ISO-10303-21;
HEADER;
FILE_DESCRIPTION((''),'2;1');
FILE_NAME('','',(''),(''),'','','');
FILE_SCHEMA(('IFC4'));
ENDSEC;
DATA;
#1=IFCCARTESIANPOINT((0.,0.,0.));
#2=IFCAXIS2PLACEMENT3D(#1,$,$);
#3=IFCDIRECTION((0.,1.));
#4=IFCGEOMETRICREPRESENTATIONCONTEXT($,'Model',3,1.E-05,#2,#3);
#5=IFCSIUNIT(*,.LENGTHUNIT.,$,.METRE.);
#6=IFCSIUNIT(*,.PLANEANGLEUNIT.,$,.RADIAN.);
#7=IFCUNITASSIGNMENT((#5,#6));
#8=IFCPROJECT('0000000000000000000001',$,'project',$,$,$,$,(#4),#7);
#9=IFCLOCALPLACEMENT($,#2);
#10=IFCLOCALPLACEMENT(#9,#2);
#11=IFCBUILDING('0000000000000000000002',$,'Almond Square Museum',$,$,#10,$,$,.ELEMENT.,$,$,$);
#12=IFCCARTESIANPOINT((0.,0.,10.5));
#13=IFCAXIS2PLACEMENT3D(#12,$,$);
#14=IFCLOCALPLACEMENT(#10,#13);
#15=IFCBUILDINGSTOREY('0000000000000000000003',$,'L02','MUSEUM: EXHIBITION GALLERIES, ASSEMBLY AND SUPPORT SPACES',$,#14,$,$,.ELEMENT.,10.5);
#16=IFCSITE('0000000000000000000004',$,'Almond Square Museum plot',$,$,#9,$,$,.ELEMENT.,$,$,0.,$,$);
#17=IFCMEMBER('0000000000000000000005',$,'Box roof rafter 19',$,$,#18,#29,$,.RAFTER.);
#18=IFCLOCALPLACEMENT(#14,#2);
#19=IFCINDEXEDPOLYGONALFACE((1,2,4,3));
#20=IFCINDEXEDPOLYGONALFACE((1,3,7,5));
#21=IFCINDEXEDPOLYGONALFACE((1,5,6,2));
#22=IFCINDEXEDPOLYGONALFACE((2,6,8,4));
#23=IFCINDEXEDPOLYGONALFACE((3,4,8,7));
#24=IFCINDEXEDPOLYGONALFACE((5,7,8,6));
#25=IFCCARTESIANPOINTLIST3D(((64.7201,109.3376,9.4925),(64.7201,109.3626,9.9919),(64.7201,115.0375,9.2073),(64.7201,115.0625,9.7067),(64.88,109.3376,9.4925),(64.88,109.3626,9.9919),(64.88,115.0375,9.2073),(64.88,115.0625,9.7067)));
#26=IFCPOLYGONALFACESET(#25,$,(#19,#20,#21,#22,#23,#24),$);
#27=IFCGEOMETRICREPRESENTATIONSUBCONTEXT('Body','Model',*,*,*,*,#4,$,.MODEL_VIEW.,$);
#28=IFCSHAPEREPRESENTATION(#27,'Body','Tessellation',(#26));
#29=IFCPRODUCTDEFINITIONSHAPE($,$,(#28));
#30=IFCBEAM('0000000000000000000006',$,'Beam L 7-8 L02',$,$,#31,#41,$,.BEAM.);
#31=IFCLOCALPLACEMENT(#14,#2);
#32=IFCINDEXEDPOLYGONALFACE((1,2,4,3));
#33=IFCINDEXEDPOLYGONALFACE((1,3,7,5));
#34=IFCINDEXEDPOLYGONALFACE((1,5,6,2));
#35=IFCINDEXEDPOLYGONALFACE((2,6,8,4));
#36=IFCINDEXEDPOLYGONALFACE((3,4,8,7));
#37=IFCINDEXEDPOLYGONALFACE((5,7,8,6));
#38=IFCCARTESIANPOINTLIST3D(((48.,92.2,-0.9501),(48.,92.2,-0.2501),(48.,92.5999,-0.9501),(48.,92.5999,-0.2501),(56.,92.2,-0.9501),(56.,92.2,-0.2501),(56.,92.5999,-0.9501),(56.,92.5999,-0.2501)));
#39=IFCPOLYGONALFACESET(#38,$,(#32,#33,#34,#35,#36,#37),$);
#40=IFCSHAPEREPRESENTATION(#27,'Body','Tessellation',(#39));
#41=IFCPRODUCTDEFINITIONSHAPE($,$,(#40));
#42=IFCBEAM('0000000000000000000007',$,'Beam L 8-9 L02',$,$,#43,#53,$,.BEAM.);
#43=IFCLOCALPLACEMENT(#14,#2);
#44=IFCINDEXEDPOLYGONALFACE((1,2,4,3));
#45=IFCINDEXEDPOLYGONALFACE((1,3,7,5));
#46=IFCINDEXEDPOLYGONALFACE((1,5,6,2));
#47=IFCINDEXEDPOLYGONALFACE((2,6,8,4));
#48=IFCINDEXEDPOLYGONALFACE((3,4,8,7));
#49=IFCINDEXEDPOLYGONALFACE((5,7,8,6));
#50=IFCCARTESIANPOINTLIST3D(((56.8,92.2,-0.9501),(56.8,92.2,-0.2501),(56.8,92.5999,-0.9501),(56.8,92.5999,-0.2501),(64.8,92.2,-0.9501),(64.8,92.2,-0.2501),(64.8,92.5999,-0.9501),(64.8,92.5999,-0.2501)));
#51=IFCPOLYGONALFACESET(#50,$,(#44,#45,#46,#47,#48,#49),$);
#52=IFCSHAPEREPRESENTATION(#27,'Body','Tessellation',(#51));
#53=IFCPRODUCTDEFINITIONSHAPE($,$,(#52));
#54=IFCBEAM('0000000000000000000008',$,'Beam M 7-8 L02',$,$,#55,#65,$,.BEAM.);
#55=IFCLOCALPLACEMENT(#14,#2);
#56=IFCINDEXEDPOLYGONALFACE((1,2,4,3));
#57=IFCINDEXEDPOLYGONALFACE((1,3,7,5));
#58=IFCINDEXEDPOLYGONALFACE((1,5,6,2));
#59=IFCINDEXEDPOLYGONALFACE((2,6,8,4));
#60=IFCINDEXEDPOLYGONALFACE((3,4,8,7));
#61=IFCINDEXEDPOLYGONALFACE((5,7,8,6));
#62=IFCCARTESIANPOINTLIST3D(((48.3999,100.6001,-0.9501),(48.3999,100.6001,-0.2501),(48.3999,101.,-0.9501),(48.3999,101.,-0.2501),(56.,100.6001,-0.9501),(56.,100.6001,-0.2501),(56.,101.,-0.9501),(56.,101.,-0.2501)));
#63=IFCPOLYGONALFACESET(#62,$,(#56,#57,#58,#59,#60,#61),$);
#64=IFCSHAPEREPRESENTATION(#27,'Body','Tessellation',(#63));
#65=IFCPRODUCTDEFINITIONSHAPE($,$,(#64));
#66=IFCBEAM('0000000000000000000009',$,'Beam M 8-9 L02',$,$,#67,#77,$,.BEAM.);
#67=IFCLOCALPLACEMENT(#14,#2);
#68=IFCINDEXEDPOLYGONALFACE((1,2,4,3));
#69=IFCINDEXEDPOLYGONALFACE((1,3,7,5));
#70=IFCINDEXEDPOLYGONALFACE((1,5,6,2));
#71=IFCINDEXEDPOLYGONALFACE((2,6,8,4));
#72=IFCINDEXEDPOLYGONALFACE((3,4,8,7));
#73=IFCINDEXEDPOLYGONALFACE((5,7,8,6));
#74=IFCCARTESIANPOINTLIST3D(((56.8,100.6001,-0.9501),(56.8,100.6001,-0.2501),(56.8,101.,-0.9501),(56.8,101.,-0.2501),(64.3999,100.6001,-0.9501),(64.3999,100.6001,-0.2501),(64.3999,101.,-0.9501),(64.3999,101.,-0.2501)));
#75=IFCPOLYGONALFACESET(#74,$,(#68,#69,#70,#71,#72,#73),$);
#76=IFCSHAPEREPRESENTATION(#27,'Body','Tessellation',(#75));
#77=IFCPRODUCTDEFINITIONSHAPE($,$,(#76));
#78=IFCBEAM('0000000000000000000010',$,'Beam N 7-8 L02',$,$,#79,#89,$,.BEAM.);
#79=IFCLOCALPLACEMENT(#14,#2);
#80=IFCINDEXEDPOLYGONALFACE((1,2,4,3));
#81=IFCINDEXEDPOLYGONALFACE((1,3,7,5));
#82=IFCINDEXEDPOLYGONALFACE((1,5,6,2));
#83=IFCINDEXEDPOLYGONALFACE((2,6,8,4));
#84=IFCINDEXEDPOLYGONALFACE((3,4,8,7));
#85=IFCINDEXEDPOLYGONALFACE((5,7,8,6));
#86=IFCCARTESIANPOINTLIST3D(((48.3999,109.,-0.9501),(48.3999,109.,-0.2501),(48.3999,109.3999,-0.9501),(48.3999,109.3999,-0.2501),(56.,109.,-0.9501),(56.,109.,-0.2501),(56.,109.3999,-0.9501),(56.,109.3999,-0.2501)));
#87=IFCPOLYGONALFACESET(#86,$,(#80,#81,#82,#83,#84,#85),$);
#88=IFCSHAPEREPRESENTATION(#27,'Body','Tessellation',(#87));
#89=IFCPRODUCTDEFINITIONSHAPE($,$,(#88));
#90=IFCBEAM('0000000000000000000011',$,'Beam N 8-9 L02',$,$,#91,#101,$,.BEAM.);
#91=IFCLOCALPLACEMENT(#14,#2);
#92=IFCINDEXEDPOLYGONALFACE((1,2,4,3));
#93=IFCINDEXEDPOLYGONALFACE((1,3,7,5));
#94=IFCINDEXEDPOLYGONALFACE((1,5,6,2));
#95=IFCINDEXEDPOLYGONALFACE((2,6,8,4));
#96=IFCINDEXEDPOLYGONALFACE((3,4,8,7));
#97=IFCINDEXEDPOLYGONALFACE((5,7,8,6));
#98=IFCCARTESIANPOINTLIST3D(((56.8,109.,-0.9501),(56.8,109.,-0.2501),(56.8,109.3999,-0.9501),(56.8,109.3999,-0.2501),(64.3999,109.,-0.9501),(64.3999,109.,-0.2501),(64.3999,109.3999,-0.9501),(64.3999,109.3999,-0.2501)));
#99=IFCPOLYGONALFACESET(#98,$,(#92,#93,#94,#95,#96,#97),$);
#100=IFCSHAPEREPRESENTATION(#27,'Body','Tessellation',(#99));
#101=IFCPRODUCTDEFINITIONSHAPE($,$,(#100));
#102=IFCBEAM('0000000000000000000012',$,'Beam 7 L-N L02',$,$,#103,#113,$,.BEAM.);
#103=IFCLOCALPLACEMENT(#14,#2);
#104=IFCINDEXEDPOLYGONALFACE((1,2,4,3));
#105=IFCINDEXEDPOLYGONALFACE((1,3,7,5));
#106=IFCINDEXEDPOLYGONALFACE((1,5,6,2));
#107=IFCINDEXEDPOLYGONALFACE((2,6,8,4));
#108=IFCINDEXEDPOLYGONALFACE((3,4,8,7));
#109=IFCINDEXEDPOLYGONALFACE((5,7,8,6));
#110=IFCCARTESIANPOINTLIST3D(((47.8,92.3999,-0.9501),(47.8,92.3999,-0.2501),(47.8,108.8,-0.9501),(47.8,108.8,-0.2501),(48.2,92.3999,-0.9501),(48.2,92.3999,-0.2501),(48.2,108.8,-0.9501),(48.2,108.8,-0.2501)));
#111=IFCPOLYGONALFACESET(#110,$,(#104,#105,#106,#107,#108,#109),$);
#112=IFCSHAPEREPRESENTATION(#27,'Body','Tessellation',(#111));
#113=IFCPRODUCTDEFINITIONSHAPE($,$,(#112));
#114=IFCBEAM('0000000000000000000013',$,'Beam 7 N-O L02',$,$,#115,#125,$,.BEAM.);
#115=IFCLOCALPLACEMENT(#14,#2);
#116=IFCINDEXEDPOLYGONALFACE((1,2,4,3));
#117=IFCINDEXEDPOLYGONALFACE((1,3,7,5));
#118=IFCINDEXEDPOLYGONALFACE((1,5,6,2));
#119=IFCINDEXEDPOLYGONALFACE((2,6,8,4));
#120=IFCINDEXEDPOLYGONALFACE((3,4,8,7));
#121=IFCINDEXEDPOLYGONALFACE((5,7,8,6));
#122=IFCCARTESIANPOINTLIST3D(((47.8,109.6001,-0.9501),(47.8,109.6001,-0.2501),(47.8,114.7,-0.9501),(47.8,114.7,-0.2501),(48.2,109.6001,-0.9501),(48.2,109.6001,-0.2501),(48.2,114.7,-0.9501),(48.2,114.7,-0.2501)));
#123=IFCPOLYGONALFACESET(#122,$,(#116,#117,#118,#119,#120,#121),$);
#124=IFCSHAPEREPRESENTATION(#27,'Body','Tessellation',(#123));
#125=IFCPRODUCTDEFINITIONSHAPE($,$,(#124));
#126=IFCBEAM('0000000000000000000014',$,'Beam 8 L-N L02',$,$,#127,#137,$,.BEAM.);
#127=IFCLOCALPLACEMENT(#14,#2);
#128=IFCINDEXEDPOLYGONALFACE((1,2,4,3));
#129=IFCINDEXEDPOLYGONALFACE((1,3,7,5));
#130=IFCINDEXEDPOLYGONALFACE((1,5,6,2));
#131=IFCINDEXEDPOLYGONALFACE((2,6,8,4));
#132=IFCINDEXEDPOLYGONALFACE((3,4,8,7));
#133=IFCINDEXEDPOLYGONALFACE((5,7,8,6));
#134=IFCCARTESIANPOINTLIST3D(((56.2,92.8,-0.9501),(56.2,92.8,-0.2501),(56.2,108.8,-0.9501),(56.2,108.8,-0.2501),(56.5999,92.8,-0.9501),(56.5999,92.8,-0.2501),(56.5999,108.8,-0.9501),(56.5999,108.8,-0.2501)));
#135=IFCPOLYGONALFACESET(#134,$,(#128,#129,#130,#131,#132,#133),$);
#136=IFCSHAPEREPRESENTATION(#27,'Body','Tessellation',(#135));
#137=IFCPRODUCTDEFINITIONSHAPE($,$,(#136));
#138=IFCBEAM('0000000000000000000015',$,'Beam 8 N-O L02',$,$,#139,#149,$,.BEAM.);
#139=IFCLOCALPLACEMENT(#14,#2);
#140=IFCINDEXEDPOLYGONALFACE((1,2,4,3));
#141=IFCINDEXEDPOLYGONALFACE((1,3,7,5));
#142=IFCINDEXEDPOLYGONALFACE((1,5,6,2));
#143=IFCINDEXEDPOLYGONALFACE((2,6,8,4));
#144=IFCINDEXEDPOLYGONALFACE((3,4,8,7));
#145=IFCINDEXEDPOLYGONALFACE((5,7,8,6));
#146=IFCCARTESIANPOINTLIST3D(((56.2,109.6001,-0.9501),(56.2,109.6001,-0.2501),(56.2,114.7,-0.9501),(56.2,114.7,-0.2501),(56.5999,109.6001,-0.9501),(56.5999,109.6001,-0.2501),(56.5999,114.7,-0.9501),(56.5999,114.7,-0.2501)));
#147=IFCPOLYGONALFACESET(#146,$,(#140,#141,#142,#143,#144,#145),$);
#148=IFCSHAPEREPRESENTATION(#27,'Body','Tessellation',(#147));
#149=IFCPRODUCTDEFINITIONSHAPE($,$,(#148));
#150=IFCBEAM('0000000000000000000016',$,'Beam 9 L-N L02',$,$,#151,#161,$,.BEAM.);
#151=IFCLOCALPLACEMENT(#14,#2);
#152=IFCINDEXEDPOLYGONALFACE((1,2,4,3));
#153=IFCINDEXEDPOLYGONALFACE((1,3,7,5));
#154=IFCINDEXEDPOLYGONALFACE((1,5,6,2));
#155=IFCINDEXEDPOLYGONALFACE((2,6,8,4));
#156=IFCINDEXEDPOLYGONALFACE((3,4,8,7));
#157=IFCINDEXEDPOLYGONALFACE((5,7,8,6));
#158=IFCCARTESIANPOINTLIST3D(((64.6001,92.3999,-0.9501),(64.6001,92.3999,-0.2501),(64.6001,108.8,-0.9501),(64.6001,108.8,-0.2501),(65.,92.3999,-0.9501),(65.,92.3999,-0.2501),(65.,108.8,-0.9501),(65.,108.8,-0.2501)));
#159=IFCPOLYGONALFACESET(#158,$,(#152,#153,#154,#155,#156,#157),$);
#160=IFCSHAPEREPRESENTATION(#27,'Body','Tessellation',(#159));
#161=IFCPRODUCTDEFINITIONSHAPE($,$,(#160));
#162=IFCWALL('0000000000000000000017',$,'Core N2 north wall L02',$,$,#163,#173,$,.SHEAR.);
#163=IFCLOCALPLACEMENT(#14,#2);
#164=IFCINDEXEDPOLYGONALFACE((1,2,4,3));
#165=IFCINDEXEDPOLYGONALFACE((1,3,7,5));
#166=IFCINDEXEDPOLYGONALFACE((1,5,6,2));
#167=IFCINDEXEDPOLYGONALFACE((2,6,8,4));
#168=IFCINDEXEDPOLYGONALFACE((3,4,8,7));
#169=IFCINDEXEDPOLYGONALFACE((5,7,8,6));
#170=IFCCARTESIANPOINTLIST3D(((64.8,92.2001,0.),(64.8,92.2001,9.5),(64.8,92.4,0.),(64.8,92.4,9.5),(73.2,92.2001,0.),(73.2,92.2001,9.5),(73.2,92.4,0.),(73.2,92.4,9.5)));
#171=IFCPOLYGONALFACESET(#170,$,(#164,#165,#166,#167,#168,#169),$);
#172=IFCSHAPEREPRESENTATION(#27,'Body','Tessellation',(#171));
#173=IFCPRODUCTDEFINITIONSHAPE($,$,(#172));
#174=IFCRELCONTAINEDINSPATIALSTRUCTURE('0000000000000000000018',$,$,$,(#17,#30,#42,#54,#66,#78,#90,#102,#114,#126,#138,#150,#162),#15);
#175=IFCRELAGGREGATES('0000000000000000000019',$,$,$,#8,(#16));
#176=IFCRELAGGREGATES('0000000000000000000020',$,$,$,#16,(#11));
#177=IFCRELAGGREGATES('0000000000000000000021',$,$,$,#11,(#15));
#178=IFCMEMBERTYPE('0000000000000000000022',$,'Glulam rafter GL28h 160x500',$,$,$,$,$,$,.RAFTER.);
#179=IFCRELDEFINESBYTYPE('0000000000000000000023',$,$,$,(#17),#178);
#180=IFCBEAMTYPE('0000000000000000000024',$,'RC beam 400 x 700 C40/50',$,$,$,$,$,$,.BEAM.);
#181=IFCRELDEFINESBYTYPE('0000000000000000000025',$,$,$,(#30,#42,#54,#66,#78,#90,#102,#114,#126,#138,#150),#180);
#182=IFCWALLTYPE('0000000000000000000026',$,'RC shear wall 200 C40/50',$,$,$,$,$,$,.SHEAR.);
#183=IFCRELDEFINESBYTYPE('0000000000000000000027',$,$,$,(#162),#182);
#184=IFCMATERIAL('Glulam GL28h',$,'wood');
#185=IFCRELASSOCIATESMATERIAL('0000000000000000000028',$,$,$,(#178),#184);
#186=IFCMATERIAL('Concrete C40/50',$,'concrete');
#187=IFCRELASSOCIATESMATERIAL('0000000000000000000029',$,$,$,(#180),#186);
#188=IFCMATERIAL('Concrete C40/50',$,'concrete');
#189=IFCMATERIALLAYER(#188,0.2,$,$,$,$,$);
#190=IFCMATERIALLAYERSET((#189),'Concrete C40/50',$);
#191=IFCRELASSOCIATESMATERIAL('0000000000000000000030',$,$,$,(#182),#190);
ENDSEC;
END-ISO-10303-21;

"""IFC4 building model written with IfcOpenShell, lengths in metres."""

from ifc_helpers import new_model, si_unit, direction, frame, frame_2d, origin, origin_2d, place, context, subcontext, project, spatial, rectangle, extrude, material, layer, layer_set, material_profile, profile_set, type_object, element, save


model = new_model("IFC4")

# Units and contexts
model_context = context("Model", 3, precision=1e-05, world=origin(), true_north=direction((0.0, 1.0)))
body_context = subcontext(model_context, "Body", "Model", "MODEL_VIEW")
ifc_project = project(units=[si_unit("LENGTHUNIT", "METRE"), si_unit("PLANEANGLEUNIT", "RADIAN")], contexts=[model_context])

# Site, building, storey
site_placement = place(None, origin())
site = spatial("IfcSite", under=ifc_project, at=site_placement, Name="Almond Square Museum plot", CompositionType="ELEMENT", RefElevation=0.0)
building_placement = place(site_placement, origin())
building = spatial("IfcBuilding", under=site, at=building_placement, Name="Almond Square Museum", CompositionType="ELEMENT")
storey_placement = place(building_placement, frame((0.0, 0.0, 10.5)))
storey = spatial("IfcBuildingStorey", under=building, at=storey_placement, Name="L02", Description="MUSEUM: EXHIBITION GALLERIES, ASSEMBLY AND SUPPORT SPACES", CompositionType="ELEMENT", Elevation=10.5)

# Member
ifc_material_1 = material(Name="Glulam GL28h", Category="wood")
ifc_material_profile_1 = material_profile(ifc_material_1, rectangle(XDim=0.1599, YDim=0.5, at=origin_2d()))
ifc_profile_set_1 = profile_set([ifc_material_profile_1], Name="Glulam GL28h")
member_type = type_object("IfcMemberType", Name="Glulam rafter GL28h 160x500", PredefinedType="RAFTER", material=ifc_profile_set_1)
for number, where, z_axis, x_axis, name in (
    (1, (64.8, 109.3501, 9.7422), (0.0, 0.998751, -0.049965), (-1.0, 0.0, 0.0), "Box roof rafter 19"),
):
    element("IfcMember", number, at=place(storey_placement, frame(where, z_axis=z_axis, x_axis=x_axis)), inside=storey, type_object=member_type, Name=name, PredefinedType="RAFTER", context=body_context, shape_type="SweptSolid", body=[
        extrude(rectangle(XDim=0.1599, YDim=0.5, at=origin_2d()), origin(), (0.0, 0.0, 1.0), 5.707),
    ])

# Beams
ifc_material_2 = material(Name="Concrete C40/50", Category="concrete")
ifc_material_profile_2 = material_profile(ifc_material_2, rectangle(XDim=0.3999, YDim=0.7, at=origin_2d()))
ifc_profile_set_2 = profile_set([ifc_material_profile_2], Name="Concrete C40/50")
beam_type = type_object("IfcBeamType", Name="RC beam 400 x 700 C40/50", PredefinedType="BEAM", material=ifc_profile_set_2)
for number, where, z_axis, x_axis, name in (
    (2, (48.0, 92.3999, -0.6001), (1.0, 0.0, 0.0), (0.0, 1.0, 0.0), "Beam L 7-8 L02"),
    (3, (56.8, 92.3999, -0.6001), (1.0, 0.0, 0.0), (0.0, 1.0, 0.0), "Beam L 8-9 L02"),
):
    element("IfcBeam", number, at=place(storey_placement, frame(where, z_axis=z_axis, x_axis=x_axis)), inside=storey, type_object=beam_type, Name=name, PredefinedType="BEAM", context=body_context, shape_type="SweptSolid", body=[
        extrude(rectangle(XDim=0.3999, YDim=0.7, at=origin_2d()), origin(), (0.0, 0.0, 1.0), 8.0),
    ])
beam_1_placement = place(storey_placement, frame((48.3999, 100.8, -0.6001), z_axis=(1.0, 0.0, 0.0), x_axis=(0.0, 1.0, 0.0)))
element("IfcBeam", 4, at=beam_1_placement, inside=storey, type_object=beam_type, Name="Beam M 7-8 L02", PredefinedType="BEAM", context=body_context, shape_type="SweptSolid", body=[
    extrude(rectangle(XDim=0.3999, YDim=0.7, at=origin_2d()), origin(), (0.0, 0.0, 1.0), 7.6001),
])
beam_2_placement = place(storey_placement, frame((56.8, 100.8, -0.6001), z_axis=(1.0, 0.0, 0.0), x_axis=(0.0, 1.0, 0.0)))
element("IfcBeam", 5, at=beam_2_placement, inside=storey, type_object=beam_type, Name="Beam M 8-9 L02", PredefinedType="BEAM", context=body_context, shape_type="SweptSolid", body=[
    extrude(rectangle(XDim=0.3999, YDim=0.7, at=origin_2d()), origin(), (0.0, 0.0, 1.0), 7.5999),
])
beam_3_placement = place(storey_placement, frame((48.3999, 109.2, -0.6001), z_axis=(1.0, 0.0, 0.0), x_axis=(0.0, 1.0, 0.0)))
element("IfcBeam", 6, at=beam_3_placement, inside=storey, type_object=beam_type, Name="Beam N 7-8 L02", PredefinedType="BEAM", context=body_context, shape_type="SweptSolid", body=[
    extrude(rectangle(XDim=0.3999, YDim=0.7, at=origin_2d()), origin(), (0.0, 0.0, 1.0), 7.6001),
])
beam_4_placement = place(storey_placement, frame((56.8, 109.2, -0.6001), z_axis=(1.0, 0.0, 0.0), x_axis=(0.0, 1.0, 0.0)))
element("IfcBeam", 7, at=beam_4_placement, inside=storey, type_object=beam_type, Name="Beam N 8-9 L02", PredefinedType="BEAM", context=body_context, shape_type="SweptSolid", body=[
    extrude(rectangle(XDim=0.3999, YDim=0.7, at=origin_2d()), origin(), (0.0, 0.0, 1.0), 7.5999),
])
beam_5_placement = place(storey_placement, frame((48.0, 92.3999, -0.6001), z_axis=(0.0, 1.0, 0.0), x_axis=(-1.0, 0.0, 0.0)))
element("IfcBeam", 8, at=beam_5_placement, inside=storey, type_object=beam_type, Name="Beam 7 L-N L02", PredefinedType="BEAM", context=body_context, shape_type="SweptSolid", body=[
    extrude(rectangle(XDim=0.3999, YDim=0.7, at=origin_2d()), origin(), (0.0, 0.0, 1.0), 16.4001),
])
beam_6_placement = place(storey_placement, frame((48.0, 109.6001, -0.6001), z_axis=(0.0, 1.0, 0.0), x_axis=(-1.0, 0.0, 0.0)))
element("IfcBeam", 9, at=beam_6_placement, inside=storey, type_object=beam_type, Name="Beam 7 N-O L02", PredefinedType="BEAM", context=body_context, shape_type="SweptSolid", body=[
    extrude(rectangle(XDim=0.3999, YDim=0.7, at=origin_2d()), origin(), (0.0, 0.0, 1.0), 5.0999),
])
beam_7_placement = place(storey_placement, frame((56.3999, 92.8, -0.6001), z_axis=(0.0, 1.0, 0.0), x_axis=(-1.0, 0.0, 0.0)))
element("IfcBeam", 10, at=beam_7_placement, inside=storey, type_object=beam_type, Name="Beam 8 L-N L02", PredefinedType="BEAM", context=body_context, shape_type="SweptSolid", body=[
    extrude(rectangle(XDim=0.3999, YDim=0.7, at=origin_2d()), origin(), (0.0, 0.0, 1.0), 16.0),
])
beam_8_placement = place(storey_placement, frame((56.3999, 109.6001, -0.6001), z_axis=(0.0, 1.0, 0.0), x_axis=(-1.0, 0.0, 0.0)))
element("IfcBeam", 11, at=beam_8_placement, inside=storey, type_object=beam_type, Name="Beam 8 N-O L02", PredefinedType="BEAM", context=body_context, shape_type="SweptSolid", body=[
    extrude(rectangle(XDim=0.3999, YDim=0.7, at=origin_2d()), origin(), (0.0, 0.0, 1.0), 5.0999),
])
beam_9_placement = place(storey_placement, frame((64.8, 92.3999, -0.6001), z_axis=(0.0, 1.0, 0.0), x_axis=(-1.0, 0.0, 0.0)))
element("IfcBeam", 12, at=beam_9_placement, inside=storey, type_object=beam_type, Name="Beam 9 L-N L02", PredefinedType="BEAM", context=body_context, shape_type="SweptSolid", body=[
    extrude(rectangle(XDim=0.3999, YDim=0.7, at=origin_2d()), origin(), (0.0, 0.0, 1.0), 16.4001),
])

# Wall
ifc_material_3 = material(Name="Concrete C40/50", Category="concrete")
ifc_layer = layer(ifc_material_3, 0.2)
ifc_layer_set = layer_set([ifc_layer], Name="Concrete C40/50")
wall_type = type_object("IfcWallType", Name="RC shear wall 200 C40/50", PredefinedType="SHEAR", material=ifc_layer_set)
wall_placement = place(storey_placement, frame((64.8, 92.3, 0.0), z_axis=(0.0, 0.0, 1.0), x_axis=(1.0, 0.0, 0.0)))
element("IfcWall", 13, at=wall_placement, inside=storey, type_object=wall_type, Name="Core N2 north wall L02", PredefinedType="SHEAR", context=body_context, shape_type="SweptSolid", body=[
    extrude(rectangle(XDim=8.3999, YDim=0.2, at=frame_2d((4.2, 0.0))), origin(), (0.0, 0.0, 1.0), 9.5),
])

save(model, "model.ifc")
